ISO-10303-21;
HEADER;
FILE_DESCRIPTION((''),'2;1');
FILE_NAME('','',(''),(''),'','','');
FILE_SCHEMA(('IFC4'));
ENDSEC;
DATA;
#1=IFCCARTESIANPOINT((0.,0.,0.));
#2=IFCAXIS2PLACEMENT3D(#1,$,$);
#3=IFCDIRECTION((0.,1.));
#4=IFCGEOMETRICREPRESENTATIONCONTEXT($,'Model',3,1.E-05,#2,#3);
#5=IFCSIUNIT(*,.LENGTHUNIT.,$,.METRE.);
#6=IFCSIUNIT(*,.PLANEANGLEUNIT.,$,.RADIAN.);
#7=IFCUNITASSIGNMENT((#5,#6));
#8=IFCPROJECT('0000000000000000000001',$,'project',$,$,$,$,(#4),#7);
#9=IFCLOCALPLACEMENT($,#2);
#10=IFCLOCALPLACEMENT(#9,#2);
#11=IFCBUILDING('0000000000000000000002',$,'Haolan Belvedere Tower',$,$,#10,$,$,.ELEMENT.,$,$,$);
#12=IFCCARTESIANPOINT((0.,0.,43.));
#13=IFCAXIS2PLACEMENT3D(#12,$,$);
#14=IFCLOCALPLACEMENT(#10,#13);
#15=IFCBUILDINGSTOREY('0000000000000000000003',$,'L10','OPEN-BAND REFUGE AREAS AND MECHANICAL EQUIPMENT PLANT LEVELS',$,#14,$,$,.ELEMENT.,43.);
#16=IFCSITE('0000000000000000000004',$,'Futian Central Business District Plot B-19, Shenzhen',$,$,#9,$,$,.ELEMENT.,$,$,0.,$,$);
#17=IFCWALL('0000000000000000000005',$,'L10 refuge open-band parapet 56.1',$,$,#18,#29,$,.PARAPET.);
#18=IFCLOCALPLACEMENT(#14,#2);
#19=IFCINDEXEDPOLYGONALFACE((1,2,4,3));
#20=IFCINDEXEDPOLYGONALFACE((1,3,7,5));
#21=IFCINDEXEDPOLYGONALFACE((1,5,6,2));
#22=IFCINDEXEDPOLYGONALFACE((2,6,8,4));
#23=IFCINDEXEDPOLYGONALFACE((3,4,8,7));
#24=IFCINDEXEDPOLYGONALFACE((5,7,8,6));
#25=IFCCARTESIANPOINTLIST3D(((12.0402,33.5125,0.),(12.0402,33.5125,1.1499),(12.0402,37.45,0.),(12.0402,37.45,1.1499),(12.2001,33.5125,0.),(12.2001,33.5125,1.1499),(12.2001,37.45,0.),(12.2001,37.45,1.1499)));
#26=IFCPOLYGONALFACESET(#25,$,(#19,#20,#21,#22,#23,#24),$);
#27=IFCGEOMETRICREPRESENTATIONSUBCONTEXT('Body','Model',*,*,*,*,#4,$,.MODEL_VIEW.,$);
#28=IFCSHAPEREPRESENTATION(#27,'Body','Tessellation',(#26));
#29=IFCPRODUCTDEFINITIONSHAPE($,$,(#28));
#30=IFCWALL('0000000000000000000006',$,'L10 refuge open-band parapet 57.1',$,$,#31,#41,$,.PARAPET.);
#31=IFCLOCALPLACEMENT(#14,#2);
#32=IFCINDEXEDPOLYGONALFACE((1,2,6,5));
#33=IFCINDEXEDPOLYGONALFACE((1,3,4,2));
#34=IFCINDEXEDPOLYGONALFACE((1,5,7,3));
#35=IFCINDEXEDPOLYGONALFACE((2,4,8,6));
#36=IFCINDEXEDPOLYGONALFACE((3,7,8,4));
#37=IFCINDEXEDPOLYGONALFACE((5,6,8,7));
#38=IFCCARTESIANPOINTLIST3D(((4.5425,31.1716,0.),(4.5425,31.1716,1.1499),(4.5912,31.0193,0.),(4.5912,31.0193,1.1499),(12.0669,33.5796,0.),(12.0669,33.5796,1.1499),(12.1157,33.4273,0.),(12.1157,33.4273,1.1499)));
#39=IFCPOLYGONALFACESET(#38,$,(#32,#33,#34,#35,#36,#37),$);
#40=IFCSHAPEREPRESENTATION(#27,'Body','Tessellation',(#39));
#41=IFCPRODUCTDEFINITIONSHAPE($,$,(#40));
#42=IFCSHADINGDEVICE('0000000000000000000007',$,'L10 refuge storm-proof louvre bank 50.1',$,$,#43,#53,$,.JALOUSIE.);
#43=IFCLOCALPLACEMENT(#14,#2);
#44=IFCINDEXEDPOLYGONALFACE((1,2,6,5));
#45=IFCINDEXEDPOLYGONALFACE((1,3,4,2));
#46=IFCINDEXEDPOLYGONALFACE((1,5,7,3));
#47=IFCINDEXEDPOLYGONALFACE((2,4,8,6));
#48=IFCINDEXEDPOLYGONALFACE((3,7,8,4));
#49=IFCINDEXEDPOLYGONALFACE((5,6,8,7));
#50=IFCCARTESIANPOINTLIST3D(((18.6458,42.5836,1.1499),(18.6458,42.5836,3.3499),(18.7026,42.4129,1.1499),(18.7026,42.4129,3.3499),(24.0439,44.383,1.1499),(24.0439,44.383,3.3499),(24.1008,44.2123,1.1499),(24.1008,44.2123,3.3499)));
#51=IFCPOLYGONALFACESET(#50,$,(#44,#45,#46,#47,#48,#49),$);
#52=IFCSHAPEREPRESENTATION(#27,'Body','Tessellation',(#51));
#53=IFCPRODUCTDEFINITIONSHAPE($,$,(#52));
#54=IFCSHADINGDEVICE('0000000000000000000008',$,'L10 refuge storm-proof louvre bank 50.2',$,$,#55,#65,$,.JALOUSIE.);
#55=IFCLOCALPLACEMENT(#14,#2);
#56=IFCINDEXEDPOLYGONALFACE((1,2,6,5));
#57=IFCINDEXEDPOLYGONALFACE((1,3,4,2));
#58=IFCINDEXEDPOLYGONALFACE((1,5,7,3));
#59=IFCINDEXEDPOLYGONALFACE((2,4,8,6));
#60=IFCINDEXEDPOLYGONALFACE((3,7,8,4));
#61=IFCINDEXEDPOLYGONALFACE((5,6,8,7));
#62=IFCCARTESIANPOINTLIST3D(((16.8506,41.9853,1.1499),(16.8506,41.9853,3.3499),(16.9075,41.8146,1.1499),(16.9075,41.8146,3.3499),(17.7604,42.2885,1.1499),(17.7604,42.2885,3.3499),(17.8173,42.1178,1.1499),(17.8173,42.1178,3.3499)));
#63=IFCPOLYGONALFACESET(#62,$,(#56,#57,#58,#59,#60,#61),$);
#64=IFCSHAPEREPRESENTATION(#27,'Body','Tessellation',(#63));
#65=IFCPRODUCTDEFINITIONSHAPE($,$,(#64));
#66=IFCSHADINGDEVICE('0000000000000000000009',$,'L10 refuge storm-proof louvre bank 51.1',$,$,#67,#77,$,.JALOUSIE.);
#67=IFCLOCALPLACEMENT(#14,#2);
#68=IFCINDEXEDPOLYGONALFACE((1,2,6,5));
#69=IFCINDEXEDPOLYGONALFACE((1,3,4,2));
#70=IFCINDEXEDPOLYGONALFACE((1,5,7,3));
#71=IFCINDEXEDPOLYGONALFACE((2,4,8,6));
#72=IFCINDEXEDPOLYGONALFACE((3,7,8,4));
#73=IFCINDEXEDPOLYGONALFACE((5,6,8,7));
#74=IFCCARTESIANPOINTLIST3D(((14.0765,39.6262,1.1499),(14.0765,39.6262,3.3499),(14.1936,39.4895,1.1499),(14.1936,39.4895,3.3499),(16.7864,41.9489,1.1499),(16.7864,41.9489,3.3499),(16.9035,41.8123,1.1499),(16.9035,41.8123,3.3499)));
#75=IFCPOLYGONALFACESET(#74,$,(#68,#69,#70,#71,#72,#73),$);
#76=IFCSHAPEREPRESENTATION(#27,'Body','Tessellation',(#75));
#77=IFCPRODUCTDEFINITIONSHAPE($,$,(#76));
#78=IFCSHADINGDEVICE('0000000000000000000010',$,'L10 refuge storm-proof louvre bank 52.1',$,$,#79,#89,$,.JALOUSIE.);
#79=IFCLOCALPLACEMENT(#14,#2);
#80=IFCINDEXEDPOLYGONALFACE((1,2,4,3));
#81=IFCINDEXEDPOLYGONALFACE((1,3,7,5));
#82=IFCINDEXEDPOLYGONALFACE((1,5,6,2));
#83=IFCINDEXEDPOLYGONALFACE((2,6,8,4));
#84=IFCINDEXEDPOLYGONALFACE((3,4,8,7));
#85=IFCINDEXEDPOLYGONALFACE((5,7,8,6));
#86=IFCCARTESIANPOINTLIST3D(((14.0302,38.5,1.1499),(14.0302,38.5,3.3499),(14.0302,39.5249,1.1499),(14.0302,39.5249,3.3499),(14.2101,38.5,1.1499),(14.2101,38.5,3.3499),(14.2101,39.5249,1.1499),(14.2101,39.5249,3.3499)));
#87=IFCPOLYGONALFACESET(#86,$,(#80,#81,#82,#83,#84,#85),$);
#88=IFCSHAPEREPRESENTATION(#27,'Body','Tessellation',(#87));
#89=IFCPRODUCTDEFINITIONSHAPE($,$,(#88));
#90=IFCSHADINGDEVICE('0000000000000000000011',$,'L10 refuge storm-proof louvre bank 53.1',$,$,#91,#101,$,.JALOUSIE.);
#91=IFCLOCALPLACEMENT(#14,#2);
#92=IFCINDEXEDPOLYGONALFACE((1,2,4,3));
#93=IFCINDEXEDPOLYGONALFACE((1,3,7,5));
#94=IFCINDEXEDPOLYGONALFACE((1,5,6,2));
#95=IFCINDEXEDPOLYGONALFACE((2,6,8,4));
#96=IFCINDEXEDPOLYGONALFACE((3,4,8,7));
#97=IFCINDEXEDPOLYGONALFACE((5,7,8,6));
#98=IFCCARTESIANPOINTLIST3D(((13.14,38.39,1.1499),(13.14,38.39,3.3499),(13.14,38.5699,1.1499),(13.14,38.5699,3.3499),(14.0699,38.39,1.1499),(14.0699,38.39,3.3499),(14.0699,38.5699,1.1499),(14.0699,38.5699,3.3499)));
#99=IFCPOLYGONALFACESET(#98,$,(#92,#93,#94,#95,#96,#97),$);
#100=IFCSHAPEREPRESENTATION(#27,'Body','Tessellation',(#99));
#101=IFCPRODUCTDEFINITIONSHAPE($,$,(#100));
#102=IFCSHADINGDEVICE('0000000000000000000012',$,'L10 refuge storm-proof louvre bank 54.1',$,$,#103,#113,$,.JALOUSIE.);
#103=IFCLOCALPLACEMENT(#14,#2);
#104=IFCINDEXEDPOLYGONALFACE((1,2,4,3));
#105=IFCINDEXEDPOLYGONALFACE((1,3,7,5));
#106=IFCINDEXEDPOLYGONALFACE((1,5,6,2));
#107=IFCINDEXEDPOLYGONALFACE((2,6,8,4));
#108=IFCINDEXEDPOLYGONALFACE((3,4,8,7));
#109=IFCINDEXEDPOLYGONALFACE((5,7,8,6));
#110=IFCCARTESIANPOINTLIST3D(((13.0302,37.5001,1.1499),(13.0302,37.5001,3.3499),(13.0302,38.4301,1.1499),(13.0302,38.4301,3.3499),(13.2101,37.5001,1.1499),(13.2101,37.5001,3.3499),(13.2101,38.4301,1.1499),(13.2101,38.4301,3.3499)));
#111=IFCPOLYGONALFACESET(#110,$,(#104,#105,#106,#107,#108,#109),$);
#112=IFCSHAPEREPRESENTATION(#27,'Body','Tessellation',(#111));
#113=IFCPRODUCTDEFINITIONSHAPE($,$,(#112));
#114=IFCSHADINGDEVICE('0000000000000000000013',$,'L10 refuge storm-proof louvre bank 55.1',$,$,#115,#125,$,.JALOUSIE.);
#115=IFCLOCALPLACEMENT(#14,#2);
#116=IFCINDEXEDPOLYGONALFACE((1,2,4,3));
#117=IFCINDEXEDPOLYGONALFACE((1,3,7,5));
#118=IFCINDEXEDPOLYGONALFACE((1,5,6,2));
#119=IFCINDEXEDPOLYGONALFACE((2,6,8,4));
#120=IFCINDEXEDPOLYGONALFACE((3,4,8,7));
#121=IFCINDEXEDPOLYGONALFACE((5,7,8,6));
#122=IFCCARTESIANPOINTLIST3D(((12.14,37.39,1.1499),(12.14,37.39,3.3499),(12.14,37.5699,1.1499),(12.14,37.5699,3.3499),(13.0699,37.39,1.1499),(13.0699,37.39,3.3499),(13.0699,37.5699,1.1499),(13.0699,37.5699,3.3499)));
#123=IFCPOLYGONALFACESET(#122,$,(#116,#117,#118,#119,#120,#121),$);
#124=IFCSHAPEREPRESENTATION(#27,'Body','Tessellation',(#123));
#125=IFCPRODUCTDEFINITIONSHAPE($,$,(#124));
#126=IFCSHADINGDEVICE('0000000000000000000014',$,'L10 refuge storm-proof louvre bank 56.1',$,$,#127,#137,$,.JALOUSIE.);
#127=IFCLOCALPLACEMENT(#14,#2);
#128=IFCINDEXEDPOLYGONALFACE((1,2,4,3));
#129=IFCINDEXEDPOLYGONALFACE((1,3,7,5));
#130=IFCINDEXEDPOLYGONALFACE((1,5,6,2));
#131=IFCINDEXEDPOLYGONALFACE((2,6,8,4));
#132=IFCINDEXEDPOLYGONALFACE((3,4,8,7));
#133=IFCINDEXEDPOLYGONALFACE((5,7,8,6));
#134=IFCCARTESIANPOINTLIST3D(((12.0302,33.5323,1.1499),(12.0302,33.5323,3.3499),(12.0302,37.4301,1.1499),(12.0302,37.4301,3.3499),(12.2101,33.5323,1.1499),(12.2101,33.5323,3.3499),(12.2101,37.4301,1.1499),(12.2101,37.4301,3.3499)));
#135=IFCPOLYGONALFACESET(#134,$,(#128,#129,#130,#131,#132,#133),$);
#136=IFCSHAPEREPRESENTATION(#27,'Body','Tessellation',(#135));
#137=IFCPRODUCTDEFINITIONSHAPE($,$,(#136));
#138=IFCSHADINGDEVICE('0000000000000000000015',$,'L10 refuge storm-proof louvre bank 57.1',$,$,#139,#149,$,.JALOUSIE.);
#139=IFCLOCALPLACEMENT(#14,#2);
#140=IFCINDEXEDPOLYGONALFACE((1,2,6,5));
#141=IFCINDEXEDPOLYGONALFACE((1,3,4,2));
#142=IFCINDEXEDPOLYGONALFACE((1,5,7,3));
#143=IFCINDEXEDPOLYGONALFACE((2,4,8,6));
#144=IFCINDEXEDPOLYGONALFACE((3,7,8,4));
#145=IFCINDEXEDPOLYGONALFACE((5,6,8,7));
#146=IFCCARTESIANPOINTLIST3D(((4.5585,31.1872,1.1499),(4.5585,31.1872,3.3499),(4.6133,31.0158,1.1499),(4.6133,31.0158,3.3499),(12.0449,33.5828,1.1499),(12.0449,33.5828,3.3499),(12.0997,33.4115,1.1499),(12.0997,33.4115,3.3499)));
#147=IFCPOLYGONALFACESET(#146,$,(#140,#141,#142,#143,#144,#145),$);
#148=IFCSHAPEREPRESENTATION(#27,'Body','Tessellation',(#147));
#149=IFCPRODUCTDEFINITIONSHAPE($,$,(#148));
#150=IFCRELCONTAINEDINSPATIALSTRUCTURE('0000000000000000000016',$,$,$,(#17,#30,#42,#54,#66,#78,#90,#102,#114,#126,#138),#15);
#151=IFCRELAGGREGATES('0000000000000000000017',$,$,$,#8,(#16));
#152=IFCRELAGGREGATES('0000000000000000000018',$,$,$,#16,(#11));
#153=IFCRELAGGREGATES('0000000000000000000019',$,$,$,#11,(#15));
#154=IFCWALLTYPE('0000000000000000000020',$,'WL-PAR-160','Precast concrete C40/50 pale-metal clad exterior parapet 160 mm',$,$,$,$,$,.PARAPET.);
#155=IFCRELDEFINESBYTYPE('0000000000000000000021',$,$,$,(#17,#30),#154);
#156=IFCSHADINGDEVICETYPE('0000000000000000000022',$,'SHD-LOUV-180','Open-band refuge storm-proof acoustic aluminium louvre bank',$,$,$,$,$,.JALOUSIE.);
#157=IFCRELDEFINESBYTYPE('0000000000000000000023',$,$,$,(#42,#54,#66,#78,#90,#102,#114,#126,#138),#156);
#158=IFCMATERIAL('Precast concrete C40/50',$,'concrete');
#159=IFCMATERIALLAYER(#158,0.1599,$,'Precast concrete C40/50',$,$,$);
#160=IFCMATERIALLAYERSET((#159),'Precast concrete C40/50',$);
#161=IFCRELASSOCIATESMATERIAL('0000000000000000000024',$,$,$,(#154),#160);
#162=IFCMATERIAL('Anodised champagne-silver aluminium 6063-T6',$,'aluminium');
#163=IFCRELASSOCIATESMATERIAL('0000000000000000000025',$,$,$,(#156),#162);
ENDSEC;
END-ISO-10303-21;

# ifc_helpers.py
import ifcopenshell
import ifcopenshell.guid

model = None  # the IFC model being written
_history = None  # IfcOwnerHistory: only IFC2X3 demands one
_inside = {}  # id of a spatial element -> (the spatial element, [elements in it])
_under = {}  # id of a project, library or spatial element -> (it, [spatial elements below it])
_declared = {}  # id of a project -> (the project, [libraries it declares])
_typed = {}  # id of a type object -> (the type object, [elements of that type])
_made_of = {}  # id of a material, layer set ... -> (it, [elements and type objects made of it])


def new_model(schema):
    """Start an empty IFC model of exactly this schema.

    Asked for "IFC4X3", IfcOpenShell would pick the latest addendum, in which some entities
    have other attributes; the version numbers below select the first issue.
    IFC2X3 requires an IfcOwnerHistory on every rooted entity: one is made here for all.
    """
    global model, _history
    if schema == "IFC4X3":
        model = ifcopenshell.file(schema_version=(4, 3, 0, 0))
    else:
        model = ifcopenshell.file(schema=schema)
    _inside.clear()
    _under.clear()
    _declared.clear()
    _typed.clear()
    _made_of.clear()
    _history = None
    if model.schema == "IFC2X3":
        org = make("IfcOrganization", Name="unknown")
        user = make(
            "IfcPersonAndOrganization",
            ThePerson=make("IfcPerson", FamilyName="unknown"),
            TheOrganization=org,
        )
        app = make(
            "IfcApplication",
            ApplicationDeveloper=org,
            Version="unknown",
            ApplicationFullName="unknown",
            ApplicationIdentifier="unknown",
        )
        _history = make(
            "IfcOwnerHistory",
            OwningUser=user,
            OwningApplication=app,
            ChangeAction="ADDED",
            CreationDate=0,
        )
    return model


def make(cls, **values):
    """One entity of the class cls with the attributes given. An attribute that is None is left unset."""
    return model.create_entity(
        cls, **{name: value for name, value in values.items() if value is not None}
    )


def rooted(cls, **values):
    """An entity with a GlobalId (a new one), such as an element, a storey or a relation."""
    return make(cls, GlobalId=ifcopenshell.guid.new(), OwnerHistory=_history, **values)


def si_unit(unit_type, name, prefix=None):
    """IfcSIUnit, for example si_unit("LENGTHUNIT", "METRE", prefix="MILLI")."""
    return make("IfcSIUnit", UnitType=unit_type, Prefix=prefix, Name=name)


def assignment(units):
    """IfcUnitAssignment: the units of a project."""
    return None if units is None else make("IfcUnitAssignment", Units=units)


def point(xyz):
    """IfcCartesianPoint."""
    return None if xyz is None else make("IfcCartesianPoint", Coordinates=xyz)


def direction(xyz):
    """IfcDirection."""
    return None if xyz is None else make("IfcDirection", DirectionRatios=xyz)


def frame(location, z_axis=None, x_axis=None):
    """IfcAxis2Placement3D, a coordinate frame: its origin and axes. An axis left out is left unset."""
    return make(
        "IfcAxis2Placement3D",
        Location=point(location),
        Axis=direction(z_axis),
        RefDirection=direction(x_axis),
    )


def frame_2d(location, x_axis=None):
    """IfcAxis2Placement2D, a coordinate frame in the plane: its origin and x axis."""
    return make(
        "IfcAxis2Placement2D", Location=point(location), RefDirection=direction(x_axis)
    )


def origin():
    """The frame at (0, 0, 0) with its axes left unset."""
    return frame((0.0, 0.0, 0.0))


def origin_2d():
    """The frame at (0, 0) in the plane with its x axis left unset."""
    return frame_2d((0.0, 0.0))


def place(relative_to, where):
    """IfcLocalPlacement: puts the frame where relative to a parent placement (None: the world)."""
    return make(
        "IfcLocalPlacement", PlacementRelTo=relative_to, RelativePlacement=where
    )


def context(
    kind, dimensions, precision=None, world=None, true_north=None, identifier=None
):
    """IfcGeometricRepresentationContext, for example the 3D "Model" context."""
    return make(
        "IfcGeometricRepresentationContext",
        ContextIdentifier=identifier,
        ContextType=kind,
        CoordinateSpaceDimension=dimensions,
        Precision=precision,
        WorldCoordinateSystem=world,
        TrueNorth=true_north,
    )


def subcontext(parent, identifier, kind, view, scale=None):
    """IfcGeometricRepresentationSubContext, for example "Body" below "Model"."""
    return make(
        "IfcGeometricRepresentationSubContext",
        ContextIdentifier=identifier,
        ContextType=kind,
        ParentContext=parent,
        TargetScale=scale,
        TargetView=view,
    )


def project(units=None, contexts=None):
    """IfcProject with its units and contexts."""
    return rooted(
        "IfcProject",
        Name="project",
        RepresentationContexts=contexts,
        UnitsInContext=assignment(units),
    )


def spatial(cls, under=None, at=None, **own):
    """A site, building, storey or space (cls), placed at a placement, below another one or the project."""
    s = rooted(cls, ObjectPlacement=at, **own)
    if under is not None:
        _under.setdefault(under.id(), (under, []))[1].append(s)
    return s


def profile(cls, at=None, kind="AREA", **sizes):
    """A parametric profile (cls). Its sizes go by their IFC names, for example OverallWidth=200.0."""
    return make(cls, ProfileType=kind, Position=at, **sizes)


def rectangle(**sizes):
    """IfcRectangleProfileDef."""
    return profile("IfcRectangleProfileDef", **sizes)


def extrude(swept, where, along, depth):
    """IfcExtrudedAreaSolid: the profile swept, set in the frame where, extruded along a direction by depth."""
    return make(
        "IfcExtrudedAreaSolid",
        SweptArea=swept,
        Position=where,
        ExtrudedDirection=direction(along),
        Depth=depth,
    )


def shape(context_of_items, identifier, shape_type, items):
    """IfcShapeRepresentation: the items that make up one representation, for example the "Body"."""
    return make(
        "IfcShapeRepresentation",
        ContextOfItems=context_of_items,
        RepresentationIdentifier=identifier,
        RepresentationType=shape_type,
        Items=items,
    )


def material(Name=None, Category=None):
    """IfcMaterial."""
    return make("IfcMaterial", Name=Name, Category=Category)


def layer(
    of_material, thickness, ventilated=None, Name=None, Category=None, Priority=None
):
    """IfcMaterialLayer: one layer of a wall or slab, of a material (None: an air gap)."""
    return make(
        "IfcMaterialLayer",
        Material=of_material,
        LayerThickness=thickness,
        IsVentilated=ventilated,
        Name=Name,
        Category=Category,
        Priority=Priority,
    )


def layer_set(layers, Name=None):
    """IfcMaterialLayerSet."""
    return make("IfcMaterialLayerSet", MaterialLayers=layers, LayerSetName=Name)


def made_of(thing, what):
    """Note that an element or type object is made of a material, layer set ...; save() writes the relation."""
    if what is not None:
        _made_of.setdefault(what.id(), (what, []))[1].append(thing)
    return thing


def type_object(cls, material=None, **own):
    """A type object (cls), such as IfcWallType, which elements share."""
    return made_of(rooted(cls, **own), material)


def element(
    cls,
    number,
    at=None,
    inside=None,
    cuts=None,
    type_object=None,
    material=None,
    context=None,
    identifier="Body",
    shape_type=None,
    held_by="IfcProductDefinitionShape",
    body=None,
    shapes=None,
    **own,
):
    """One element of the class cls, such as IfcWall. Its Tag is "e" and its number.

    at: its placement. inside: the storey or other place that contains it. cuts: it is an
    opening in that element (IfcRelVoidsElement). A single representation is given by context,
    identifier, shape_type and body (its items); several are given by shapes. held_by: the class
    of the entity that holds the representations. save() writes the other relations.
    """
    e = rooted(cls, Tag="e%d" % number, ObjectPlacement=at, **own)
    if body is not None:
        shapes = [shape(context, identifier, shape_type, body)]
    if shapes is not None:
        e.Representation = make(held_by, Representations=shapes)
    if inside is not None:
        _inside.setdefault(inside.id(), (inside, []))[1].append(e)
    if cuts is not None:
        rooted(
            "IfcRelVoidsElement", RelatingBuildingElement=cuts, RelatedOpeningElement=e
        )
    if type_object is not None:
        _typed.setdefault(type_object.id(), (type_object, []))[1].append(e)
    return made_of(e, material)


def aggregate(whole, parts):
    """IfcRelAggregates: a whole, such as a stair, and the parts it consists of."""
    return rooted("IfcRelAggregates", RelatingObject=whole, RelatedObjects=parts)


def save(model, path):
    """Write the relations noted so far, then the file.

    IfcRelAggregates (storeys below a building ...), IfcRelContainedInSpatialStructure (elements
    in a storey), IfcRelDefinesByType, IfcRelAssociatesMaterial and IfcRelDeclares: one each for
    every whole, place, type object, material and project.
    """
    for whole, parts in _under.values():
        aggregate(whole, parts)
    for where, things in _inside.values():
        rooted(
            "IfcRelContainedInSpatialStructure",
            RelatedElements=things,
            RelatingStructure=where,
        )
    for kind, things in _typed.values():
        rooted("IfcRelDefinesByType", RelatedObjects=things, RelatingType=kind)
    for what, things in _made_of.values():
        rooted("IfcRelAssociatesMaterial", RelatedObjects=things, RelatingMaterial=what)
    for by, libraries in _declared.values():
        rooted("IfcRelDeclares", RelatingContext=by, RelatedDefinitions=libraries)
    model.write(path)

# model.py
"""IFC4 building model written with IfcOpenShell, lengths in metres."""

from ifc_helpers import new_model, si_unit, direction, frame, frame_2d, origin, origin_2d, place, context, subcontext, project, spatial, rectangle, extrude, material, layer, layer_set, type_object, element, save


model = new_model("IFC4")

# Units and contexts
model_context = context("Model", 3, precision=1e-05, world=origin(), true_north=direction((0.0, 1.0)))
body_context = subcontext(model_context, "Body", "Model", "MODEL_VIEW")
ifc_project = project(units=[si_unit("LENGTHUNIT", "METRE"), si_unit("PLANEANGLEUNIT", "RADIAN")], contexts=[model_context])

# Site, building, storey
site_placement = place(None, origin())
site = spatial("IfcSite", under=ifc_project, at=site_placement, Name="Futian Central Business District Plot B-19, Shenzhen", CompositionType="ELEMENT", RefElevation=0.0)
building_placement = place(site_placement, origin())
building = spatial("IfcBuilding", under=site, at=building_placement, Name="Haolan Belvedere Tower", CompositionType="ELEMENT")
storey_placement = place(building_placement, frame((0.0, 0.0, 43.0)))
storey = spatial("IfcBuildingStorey", under=building, at=storey_placement, Name="L10", Description="OPEN-BAND REFUGE AREAS AND MECHANICAL EQUIPMENT PLANT LEVELS", CompositionType="ELEMENT", Elevation=43.0)

# Walls
ifc_material_1 = material(Name="Precast concrete C40/50", Category="concrete")
ifc_layer_1 = layer(ifc_material_1, 0.1599, Name="Precast concrete C40/50")
ifc_layer_set_1 = layer_set([ifc_layer_1], Name="Precast concrete C40/50")
wall_type_1 = type_object("IfcWallType", Name="WL-PAR-160", Description="Precast concrete C40/50 pale-metal clad exterior parapet 160 mm", PredefinedType="PARAPET", material=ifc_layer_set_1)
wall_1_placement = place(storey_placement, frame((12.1201, 37.45, 0.0), z_axis=(0.0, 0.0, 1.0), x_axis=(0.0, -1.0, 0.0)))
element("IfcWall", 1, at=wall_1_placement, inside=storey, type_object=wall_type_1, Name="L10 refuge open-band parapet 56.1", PredefinedType="PARAPET", context=body_context, shape_type="SweptSolid", body=[
    extrude(rectangle(XDim=3.9375, YDim=0.1599, at=frame_2d((1.9688, 0.0))), origin(), (0.0, 0.0, 1.0), 1.1499),
])
wall_2_placement = place(storey_placement, frame((12.0913, 33.5034, 0.0), z_axis=(0.0, 0.0, 1.0), x_axis=(-0.952419, -0.304793, 0.0)))
element("IfcWall", 2, at=wall_2_placement, inside=storey, type_object=wall_type_1, Name="L10 refuge open-band parapet 57.1", PredefinedType="PARAPET", context=body_context, shape_type="SweptSolid", body=[
    extrude(rectangle(XDim=7.9004, YDim=0.1599, at=frame_2d((3.9502, 0.0))), origin(), (0.0, 0.0, 1.0), 1.1499),
])

# Shading devices
ifc_material_2 = material(Name="Anodised champagne-silver aluminium 6063-T6", Category="aluminium")
shading_device_type = type_object("IfcShadingDeviceType", Name="SHD-LOUV-180", Description="Open-band refuge storm-proof acoustic aluminium louvre bank", PredefinedType="JALOUSIE", material=ifc_material_2)
shading_device_1_placement = place(storey_placement, frame((21.3733, 43.3979, 1.1499), z_axis=(0.0, 0.0, 1.0), x_axis=(-0.948683, -0.316229, 0.0)))
element("IfcShadingDevice", 3, at=shading_device_1_placement, inside=storey, type_object=shading_device_type, Name="L10 refuge storm-proof louvre bank 50.1", PredefinedType="JALOUSIE", context=body_context, shape_type="SweptSolid", body=[
    extrude(rectangle(XDim=5.6902, YDim=0.1799, at=origin_2d()), origin(), (0.0, 0.0, 1.0), 2.2),
])
shading_device_2_placement = place(storey_placement, frame((17.334, 42.0515, 1.1499), z_axis=(0.0, 0.0, 1.0), x_axis=(-0.948694, -0.316195, 0.0)))
element("IfcShadingDevice", 4, at=shading_device_2_placement, inside=storey, type_object=shading_device_type, Name="L10 refuge storm-proof louvre bank 50.2", PredefinedType="JALOUSIE", context=body_context, shape_type="SweptSolid", body=[
    extrude(rectangle(XDim=0.959, YDim=0.1799, at=origin_2d()), origin(), (0.0, 0.0, 1.0), 2.2),
])
shading_device_3_placement = place(storey_placement, frame((15.49, 40.7192, 1.1499), z_axis=(0.0, 0.0, 1.0), x_axis=(-0.759249, -0.650801, 0.0)))
element("IfcShadingDevice", 5, at=shading_device_3_placement, inside=storey, type_object=shading_device_type, Name="L10 refuge storm-proof louvre bank 51.1", PredefinedType="JALOUSIE", context=body_context, shape_type="SweptSolid", body=[
    extrude(rectangle(XDim=3.5691, YDim=0.1799, at=origin_2d()), origin(), (0.0, 0.0, 1.0), 2.2),
])
shading_device_4_placement = place(storey_placement, frame((14.1201, 39.0125, 1.1499), z_axis=(0.0, 0.0, 1.0), x_axis=(0.0, -1.0, 0.0)))
element("IfcShadingDevice", 6, at=shading_device_4_placement, inside=storey, type_object=shading_device_type, Name="L10 refuge storm-proof louvre bank 52.1", PredefinedType="JALOUSIE", context=body_context, shape_type="SweptSolid", body=[
    extrude(rectangle(XDim=1.0249, YDim=0.1799, at=origin_2d()), origin(), (0.0, 0.0, 1.0), 2.2),
])
for number, where, z_axis, x_axis, name in (
    (7, (13.605, 38.48, 1.1499), (0.0, 0.0, 1.0), (-1.0, 0.0, 0.0), "L10 refuge storm-proof louvre bank 53.1"),
    (8, (13.1201, 37.9651, 1.1499), (0.0, 0.0, 1.0), (0.0, -1.0, 0.0), "L10 refuge storm-proof louvre bank 54.1"),
    (9, (12.605, 37.48, 1.1499), (0.0, 0.0, 1.0), (-1.0, 0.0, 0.0), "L10 refuge storm-proof louvre bank 55.1"),
):
    element("IfcShadingDevice", number, at=place(storey_placement, frame(where, z_axis=z_axis, x_axis=x_axis)), inside=storey, type_object=shading_device_type, Name=name, PredefinedType="JALOUSIE", context=body_context, shape_type="SweptSolid", body=[
        extrude(rectangle(XDim=0.9299, YDim=0.1799, at=origin_2d()), origin(), (0.0, 0.0, 1.0), 2.2),
    ])
shading_device_5_placement = place(storey_placement, frame((12.1201, 35.4812, 1.1499), z_axis=(0.0, 0.0, 1.0), x_axis=(0.0, -1.0, 0.0)))
element("IfcShadingDevice", 10, at=shading_device_5_placement, inside=storey, type_object=shading_device_type, Name="L10 refuge storm-proof louvre bank 56.1", PredefinedType="JALOUSIE", context=body_context, shape_type="SweptSolid", body=[
    extrude(rectangle(XDim=3.8977, YDim=0.1799, at=origin_2d()), origin(), (0.0, 0.0, 1.0), 2.2),
])
shading_device_6_placement = place(storey_placement, frame((8.3291, 32.2993, 1.1499), z_axis=(0.0, 0.0, 1.0), x_axis=(-0.952422, -0.304781, 0.0)))
element("IfcShadingDevice", 11, at=shading_device_6_placement, inside=storey, type_object=shading_device_type, Name="L10 refuge storm-proof louvre bank 57.1", PredefinedType="JALOUSIE", context=body_context, shape_type="SweptSolid", body=[
    extrude(rectangle(XDim=7.8604, YDim=0.1799, at=origin_2d()), origin(), (0.0, 0.0, 1.0), 2.2),
])

save(model, "model.ifc")
